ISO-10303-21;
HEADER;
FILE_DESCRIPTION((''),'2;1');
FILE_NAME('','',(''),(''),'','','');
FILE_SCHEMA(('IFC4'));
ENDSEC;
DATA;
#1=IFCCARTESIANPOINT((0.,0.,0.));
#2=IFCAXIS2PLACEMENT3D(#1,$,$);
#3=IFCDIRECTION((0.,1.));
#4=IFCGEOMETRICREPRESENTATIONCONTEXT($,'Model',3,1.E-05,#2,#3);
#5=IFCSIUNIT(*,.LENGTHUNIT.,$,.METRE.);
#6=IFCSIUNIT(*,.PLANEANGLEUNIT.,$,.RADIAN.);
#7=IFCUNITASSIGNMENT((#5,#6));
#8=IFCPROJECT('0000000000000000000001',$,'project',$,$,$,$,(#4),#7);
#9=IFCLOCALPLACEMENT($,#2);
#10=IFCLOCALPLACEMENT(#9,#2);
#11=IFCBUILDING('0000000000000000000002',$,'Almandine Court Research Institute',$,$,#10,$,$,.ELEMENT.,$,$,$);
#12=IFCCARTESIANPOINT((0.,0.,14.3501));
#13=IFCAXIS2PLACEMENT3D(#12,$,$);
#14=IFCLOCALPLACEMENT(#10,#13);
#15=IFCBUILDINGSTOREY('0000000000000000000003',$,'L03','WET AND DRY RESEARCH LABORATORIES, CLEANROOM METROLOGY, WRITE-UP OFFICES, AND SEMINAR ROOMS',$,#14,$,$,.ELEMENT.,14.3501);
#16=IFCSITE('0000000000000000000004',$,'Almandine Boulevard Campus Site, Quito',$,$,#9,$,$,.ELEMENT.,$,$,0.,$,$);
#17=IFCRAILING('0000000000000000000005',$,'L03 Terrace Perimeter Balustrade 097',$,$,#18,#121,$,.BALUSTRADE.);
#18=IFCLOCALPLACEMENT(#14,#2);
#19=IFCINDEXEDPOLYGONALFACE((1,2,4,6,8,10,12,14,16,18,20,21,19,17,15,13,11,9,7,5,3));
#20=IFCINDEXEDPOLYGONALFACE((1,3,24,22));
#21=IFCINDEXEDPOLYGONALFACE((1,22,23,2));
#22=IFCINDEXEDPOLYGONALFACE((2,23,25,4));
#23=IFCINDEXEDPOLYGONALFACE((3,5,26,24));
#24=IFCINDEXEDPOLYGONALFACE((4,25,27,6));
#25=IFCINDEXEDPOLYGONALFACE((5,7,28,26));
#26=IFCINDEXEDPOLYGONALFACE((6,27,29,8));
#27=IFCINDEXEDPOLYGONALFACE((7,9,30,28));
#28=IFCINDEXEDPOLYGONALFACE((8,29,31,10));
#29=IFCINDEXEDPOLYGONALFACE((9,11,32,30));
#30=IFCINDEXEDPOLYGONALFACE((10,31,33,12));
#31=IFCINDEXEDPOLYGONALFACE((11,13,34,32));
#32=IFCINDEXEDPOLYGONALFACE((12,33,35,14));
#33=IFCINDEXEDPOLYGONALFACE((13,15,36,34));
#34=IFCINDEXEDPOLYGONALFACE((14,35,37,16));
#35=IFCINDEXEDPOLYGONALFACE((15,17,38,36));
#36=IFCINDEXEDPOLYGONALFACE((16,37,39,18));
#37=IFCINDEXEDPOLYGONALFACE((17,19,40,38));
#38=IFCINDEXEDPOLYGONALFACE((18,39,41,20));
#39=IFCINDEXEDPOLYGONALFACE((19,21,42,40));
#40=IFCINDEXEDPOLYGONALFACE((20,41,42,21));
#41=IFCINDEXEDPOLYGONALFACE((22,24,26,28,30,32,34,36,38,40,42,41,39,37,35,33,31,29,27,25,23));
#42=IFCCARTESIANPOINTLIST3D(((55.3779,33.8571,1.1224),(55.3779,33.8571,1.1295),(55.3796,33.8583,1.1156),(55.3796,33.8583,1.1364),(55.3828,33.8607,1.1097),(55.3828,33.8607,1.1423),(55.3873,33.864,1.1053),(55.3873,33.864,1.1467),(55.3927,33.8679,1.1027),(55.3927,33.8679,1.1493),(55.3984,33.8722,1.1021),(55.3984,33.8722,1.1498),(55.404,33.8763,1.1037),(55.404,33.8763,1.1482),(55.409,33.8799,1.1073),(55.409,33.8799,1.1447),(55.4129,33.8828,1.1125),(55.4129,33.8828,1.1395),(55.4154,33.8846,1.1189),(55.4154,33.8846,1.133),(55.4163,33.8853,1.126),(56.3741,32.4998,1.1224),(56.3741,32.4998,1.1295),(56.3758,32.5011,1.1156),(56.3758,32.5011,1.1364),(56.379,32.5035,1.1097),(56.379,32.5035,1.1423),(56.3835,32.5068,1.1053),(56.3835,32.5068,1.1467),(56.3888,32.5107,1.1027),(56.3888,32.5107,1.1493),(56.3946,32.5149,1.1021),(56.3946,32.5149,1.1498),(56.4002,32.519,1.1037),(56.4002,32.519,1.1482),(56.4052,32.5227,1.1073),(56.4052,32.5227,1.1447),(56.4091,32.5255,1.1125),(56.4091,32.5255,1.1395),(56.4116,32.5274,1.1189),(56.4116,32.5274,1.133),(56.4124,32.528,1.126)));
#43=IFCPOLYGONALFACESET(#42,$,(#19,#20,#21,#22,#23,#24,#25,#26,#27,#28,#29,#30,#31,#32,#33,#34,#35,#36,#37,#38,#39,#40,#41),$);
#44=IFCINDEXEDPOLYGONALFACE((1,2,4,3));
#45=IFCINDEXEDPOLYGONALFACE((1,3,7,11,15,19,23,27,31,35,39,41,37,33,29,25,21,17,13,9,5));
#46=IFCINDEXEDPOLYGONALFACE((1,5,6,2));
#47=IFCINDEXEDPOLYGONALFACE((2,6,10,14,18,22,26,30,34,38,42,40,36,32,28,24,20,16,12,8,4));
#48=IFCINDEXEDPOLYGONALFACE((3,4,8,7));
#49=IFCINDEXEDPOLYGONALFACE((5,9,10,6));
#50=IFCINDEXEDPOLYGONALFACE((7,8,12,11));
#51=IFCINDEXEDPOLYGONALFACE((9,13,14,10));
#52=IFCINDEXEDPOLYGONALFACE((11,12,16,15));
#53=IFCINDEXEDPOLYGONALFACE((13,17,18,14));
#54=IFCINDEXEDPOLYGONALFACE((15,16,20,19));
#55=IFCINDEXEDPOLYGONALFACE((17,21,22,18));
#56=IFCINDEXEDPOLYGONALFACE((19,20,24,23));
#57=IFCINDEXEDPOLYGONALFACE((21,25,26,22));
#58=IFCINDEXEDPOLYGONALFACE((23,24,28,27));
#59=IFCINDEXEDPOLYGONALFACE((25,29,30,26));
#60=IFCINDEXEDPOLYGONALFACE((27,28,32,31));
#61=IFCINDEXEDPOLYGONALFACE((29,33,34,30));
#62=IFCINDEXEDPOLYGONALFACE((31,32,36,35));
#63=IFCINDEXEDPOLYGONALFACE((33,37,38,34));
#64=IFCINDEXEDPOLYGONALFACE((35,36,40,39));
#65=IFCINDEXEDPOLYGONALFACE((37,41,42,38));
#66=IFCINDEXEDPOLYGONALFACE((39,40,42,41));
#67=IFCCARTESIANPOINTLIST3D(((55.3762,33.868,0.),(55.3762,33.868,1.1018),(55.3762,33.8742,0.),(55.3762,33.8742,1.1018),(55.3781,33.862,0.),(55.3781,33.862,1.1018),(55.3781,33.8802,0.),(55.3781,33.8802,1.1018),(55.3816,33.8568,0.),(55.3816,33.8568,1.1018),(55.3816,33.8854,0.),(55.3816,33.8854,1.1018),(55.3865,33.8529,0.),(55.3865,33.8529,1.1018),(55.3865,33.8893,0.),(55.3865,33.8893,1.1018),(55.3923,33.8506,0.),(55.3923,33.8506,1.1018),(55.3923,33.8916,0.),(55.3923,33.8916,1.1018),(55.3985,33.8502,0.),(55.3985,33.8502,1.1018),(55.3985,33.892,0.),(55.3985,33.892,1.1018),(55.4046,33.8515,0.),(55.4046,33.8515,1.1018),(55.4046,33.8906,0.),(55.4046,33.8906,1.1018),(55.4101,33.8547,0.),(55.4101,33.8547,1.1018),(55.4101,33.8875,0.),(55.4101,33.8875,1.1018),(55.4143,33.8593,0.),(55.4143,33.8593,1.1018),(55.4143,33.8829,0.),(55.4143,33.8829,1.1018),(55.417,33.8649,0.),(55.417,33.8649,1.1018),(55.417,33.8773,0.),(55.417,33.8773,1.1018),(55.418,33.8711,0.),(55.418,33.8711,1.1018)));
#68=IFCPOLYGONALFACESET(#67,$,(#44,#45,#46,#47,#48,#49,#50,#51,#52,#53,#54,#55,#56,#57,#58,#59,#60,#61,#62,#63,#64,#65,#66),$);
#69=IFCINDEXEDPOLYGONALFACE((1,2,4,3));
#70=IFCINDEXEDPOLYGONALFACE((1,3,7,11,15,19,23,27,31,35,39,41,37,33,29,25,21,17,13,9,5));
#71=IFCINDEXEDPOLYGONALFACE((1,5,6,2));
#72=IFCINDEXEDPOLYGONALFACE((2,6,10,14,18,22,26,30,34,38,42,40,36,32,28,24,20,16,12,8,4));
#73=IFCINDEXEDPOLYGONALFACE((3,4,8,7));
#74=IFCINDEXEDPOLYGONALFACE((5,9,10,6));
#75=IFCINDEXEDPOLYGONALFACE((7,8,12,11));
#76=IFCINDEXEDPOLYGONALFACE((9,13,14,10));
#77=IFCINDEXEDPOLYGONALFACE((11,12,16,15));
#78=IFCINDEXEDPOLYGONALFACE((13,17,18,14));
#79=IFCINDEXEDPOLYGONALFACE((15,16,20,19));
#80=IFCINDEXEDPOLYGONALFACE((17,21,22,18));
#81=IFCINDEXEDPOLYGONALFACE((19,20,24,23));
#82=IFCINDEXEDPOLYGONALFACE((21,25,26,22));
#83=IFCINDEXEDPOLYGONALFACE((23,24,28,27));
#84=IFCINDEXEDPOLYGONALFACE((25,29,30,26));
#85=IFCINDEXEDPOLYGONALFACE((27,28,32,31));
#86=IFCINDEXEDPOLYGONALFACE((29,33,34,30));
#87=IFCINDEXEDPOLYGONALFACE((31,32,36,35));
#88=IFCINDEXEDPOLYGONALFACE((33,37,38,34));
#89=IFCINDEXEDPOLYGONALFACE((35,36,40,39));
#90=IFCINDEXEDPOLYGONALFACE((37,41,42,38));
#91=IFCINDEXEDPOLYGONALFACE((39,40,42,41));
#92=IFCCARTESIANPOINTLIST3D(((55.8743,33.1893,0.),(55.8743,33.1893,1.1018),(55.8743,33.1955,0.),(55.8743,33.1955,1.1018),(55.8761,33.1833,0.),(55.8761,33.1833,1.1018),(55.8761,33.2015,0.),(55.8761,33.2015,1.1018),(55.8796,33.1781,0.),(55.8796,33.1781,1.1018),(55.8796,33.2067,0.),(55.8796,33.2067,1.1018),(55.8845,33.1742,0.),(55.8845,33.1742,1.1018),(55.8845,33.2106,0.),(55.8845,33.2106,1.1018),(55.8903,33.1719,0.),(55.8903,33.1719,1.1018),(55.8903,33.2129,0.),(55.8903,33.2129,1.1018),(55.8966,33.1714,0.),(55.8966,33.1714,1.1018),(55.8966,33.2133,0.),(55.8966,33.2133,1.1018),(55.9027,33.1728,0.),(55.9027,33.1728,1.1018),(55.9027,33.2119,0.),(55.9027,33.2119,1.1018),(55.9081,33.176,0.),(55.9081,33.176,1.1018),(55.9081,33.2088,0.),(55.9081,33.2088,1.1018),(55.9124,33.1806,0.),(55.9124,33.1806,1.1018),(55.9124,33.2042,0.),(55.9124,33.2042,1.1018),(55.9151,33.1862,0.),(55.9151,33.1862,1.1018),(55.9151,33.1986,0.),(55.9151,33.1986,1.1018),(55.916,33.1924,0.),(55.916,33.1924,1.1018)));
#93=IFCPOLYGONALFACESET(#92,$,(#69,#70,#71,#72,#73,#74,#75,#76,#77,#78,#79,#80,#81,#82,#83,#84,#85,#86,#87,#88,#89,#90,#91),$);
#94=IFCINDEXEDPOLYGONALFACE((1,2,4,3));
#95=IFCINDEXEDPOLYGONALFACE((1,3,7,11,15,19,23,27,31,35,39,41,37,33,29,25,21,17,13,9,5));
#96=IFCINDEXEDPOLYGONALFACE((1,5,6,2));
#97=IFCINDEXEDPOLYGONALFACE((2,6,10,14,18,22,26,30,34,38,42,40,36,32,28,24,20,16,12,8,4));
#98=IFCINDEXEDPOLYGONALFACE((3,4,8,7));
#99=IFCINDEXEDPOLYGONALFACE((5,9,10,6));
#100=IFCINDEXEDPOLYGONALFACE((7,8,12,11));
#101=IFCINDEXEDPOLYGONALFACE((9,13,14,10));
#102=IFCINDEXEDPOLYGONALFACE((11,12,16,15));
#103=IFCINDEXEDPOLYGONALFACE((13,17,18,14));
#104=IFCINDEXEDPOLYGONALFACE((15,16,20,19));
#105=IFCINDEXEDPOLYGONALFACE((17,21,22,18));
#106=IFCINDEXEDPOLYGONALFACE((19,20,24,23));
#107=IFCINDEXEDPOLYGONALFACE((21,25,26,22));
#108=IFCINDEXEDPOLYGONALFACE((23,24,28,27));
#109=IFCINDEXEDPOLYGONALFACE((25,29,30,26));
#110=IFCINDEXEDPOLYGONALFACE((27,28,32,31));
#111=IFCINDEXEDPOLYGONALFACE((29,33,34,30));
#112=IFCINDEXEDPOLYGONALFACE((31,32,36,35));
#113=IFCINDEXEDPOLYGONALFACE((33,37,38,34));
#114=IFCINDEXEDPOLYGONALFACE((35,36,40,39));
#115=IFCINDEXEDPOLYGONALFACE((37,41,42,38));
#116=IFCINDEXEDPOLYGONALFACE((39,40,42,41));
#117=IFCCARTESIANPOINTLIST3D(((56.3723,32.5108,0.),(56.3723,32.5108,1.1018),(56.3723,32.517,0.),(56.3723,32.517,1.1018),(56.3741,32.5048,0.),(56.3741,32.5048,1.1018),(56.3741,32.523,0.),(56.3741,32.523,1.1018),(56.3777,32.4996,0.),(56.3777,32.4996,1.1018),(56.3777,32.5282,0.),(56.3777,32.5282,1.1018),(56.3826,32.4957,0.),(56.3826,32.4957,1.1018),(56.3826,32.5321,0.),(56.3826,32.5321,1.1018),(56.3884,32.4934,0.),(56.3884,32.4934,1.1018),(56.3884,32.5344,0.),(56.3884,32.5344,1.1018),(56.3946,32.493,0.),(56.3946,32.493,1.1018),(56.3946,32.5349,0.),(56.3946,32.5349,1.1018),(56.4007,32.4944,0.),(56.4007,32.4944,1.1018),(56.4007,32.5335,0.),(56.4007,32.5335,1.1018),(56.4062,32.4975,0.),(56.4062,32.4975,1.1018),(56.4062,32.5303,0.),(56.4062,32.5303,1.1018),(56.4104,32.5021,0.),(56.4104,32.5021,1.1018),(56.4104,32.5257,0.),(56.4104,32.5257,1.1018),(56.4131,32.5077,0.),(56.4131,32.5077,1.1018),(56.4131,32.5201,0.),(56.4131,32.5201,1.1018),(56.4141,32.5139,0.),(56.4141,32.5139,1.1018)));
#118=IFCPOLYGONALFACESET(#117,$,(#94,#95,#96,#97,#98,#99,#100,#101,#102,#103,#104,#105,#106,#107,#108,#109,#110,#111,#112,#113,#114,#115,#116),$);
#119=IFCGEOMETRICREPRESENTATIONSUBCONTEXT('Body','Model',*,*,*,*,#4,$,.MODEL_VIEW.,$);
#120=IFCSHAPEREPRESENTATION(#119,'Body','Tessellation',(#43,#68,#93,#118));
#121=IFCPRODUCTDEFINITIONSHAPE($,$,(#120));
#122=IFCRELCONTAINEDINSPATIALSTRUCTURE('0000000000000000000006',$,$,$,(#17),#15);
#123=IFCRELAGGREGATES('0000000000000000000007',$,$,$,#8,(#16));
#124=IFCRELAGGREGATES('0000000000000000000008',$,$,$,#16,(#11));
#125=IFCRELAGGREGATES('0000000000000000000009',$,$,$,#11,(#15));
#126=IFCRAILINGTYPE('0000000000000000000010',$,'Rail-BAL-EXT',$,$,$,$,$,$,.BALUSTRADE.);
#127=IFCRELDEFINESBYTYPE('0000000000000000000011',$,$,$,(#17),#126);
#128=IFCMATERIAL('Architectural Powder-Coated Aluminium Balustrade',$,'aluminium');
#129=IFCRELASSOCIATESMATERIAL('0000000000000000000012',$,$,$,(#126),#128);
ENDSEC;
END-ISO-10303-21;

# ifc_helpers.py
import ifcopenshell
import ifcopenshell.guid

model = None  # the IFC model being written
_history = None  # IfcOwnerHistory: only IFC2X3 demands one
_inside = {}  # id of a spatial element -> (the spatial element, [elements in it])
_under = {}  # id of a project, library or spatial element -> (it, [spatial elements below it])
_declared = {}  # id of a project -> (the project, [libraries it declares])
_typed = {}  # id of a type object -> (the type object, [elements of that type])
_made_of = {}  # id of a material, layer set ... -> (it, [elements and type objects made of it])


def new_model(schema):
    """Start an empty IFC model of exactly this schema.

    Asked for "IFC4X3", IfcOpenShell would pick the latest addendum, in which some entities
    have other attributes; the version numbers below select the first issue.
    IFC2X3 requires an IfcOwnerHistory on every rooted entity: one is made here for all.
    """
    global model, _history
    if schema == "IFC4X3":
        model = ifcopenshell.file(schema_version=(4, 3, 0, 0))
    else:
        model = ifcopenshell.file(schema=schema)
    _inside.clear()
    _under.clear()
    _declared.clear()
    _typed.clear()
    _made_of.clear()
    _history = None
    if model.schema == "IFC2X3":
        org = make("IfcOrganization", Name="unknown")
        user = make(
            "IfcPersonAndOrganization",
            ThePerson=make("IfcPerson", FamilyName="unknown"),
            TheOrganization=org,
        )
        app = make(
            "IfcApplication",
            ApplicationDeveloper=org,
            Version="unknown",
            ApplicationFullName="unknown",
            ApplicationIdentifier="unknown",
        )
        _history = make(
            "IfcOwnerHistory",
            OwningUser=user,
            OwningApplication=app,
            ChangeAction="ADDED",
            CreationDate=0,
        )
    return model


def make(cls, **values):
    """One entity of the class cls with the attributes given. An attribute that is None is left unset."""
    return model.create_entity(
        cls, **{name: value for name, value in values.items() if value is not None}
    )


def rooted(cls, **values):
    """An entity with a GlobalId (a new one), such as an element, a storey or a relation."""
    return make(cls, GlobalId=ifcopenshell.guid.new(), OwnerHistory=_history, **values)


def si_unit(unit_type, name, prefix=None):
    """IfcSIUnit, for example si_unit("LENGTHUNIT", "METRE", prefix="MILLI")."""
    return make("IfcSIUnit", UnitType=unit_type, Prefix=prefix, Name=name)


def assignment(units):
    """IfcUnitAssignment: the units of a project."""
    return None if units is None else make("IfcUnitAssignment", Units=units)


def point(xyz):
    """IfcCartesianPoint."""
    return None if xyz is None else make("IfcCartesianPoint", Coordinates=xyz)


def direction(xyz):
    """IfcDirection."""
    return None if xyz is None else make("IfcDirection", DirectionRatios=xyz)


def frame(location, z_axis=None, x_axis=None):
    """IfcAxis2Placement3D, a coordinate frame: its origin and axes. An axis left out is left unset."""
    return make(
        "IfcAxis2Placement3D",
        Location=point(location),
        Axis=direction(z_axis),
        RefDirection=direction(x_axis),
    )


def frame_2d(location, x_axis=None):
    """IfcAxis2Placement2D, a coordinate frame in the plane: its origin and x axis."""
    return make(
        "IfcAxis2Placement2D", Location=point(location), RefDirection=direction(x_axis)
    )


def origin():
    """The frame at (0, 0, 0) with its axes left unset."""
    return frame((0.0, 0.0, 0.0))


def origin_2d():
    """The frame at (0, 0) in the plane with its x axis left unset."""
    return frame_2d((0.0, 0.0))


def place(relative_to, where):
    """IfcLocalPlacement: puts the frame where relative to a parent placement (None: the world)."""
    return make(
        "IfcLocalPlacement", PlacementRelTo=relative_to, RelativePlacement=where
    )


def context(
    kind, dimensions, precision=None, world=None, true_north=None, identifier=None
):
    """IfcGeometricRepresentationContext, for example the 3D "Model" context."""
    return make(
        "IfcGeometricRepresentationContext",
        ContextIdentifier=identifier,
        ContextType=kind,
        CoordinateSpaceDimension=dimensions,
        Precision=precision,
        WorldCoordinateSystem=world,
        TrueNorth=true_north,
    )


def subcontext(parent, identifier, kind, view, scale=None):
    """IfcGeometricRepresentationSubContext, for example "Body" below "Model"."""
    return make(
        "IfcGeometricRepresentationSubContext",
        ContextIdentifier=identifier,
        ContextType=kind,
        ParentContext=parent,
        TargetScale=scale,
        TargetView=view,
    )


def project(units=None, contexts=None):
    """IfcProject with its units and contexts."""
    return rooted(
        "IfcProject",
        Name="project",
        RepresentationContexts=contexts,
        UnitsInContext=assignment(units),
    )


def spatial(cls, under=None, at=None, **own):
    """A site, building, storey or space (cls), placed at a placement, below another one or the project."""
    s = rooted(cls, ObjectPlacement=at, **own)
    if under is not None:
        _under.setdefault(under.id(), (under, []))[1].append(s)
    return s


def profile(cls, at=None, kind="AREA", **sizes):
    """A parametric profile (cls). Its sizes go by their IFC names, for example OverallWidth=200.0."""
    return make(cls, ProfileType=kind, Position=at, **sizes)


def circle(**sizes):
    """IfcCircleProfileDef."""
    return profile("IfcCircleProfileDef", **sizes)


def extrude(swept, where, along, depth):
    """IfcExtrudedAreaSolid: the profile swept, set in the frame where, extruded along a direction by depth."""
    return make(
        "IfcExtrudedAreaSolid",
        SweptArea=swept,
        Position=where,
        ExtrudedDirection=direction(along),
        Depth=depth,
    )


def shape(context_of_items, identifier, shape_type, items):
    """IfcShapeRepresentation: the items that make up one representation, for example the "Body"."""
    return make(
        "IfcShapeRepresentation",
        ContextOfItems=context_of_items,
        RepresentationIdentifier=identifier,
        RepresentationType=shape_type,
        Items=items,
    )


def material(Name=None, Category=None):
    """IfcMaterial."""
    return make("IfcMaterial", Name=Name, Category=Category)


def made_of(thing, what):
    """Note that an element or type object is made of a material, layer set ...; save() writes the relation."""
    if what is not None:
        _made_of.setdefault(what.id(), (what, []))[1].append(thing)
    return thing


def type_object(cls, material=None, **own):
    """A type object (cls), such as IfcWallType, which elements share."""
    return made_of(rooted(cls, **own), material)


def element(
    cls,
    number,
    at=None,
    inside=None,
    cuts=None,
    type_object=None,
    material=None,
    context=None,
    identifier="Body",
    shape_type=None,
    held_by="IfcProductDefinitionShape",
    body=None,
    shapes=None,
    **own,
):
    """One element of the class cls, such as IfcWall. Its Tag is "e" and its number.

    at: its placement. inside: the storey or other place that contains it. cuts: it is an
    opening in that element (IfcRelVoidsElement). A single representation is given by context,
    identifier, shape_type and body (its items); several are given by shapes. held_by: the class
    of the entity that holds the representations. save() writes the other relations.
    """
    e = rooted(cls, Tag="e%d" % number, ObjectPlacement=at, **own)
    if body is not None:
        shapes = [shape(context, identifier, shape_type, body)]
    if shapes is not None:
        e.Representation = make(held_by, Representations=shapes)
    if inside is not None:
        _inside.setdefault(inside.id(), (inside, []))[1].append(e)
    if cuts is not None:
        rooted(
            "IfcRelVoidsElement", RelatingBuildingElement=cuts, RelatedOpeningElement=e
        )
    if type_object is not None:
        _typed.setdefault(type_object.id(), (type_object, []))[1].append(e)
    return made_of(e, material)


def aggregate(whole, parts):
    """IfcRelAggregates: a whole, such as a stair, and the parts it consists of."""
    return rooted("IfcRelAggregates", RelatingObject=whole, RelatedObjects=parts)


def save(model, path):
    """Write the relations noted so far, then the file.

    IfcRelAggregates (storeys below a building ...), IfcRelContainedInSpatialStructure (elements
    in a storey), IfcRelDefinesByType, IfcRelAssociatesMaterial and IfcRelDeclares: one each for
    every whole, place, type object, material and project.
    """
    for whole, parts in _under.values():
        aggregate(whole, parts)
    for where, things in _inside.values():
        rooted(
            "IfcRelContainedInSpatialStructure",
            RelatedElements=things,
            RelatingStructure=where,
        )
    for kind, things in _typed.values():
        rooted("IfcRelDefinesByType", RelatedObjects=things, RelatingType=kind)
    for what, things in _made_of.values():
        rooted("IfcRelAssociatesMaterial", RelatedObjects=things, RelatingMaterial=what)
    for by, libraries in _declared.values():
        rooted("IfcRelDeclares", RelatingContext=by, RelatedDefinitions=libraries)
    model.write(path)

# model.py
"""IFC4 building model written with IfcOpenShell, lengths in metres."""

from ifc_helpers import new_model, si_unit, direction, frame, origin, origin_2d, place, context, subcontext, project, spatial, circle, extrude, material, type_object, element, save


model = new_model("IFC4")

# Units and contexts
model_context = context("Model", 3, precision=1e-05, world=origin(), true_north=direction((0.0, 1.0)))
body_context = subcontext(model_context, "Body", "Model", "MODEL_VIEW")
ifc_project = project(units=[si_unit("LENGTHUNIT", "METRE"), si_unit("PLANEANGLEUNIT", "RADIAN")], contexts=[model_context])

# Site, building, storey
site_placement = place(None, origin())
site = spatial("IfcSite", under=ifc_project, at=site_placement, Name="Almandine Boulevard Campus Site, Quito", CompositionType="ELEMENT", RefElevation=0.0)
building_placement = place(site_placement, origin())
building = spatial("IfcBuilding", under=site, at=building_placement, Name="Almandine Court Research Institute", CompositionType="ELEMENT")
storey_placement = place(building_placement, frame((0.0, 0.0, 14.3501)))
storey = spatial("IfcBuildingStorey", under=building, at=storey_placement, Name="L03", Description="WET AND DRY RESEARCH LABORATORIES, CLEANROOM METROLOGY, WRITE-UP OFFICES, AND SEMINAR ROOMS", CompositionType="ELEMENT", Elevation=14.3501)

# Railing
ifc_material_1 = material(Name="Architectural Powder-Coated Aluminium Balustrade", Category="aluminium")
railing_type = type_object("IfcRailingType", Name="Rail-BAL-EXT", PredefinedType="BALUSTRADE", material=ifc_material_1)
railing_1_placement = place(storey_placement, frame((55.397, 33.8711, 0.0)))
element("IfcRailing", 1, at=railing_1_placement, inside=storey, type_object=railing_type, Name="L03 Terrace Perimeter Balustrade 097", PredefinedType="BALUSTRADE", context=body_context, shape_type="SweptSolid", body=[
    extrude(circle(Radius=0.0239, at=origin_2d()), frame((0.0, 0.0, 1.126), z_axis=(0.591684, -0.80617, 0.0), x_axis=(0.80617, 0.591684, 0.0)), (0.0, 0.0, 1.0), 1.6836),
    extrude(circle(Radius=0.021, at=origin_2d()), origin(), (0.0, 0.0, 1.0), 1.1018),
    extrude(circle(Radius=0.021, at=origin_2d()), frame((0.498, -0.6787, 0.0)), (0.0, 0.0, 1.0), 1.1018),
    extrude(circle(Radius=0.021, at=origin_2d()), frame((0.9961, -1.3572, 0.0)), (0.0, 0.0, 1.0), 1.1018),
])

save(model, "model.ifc")
